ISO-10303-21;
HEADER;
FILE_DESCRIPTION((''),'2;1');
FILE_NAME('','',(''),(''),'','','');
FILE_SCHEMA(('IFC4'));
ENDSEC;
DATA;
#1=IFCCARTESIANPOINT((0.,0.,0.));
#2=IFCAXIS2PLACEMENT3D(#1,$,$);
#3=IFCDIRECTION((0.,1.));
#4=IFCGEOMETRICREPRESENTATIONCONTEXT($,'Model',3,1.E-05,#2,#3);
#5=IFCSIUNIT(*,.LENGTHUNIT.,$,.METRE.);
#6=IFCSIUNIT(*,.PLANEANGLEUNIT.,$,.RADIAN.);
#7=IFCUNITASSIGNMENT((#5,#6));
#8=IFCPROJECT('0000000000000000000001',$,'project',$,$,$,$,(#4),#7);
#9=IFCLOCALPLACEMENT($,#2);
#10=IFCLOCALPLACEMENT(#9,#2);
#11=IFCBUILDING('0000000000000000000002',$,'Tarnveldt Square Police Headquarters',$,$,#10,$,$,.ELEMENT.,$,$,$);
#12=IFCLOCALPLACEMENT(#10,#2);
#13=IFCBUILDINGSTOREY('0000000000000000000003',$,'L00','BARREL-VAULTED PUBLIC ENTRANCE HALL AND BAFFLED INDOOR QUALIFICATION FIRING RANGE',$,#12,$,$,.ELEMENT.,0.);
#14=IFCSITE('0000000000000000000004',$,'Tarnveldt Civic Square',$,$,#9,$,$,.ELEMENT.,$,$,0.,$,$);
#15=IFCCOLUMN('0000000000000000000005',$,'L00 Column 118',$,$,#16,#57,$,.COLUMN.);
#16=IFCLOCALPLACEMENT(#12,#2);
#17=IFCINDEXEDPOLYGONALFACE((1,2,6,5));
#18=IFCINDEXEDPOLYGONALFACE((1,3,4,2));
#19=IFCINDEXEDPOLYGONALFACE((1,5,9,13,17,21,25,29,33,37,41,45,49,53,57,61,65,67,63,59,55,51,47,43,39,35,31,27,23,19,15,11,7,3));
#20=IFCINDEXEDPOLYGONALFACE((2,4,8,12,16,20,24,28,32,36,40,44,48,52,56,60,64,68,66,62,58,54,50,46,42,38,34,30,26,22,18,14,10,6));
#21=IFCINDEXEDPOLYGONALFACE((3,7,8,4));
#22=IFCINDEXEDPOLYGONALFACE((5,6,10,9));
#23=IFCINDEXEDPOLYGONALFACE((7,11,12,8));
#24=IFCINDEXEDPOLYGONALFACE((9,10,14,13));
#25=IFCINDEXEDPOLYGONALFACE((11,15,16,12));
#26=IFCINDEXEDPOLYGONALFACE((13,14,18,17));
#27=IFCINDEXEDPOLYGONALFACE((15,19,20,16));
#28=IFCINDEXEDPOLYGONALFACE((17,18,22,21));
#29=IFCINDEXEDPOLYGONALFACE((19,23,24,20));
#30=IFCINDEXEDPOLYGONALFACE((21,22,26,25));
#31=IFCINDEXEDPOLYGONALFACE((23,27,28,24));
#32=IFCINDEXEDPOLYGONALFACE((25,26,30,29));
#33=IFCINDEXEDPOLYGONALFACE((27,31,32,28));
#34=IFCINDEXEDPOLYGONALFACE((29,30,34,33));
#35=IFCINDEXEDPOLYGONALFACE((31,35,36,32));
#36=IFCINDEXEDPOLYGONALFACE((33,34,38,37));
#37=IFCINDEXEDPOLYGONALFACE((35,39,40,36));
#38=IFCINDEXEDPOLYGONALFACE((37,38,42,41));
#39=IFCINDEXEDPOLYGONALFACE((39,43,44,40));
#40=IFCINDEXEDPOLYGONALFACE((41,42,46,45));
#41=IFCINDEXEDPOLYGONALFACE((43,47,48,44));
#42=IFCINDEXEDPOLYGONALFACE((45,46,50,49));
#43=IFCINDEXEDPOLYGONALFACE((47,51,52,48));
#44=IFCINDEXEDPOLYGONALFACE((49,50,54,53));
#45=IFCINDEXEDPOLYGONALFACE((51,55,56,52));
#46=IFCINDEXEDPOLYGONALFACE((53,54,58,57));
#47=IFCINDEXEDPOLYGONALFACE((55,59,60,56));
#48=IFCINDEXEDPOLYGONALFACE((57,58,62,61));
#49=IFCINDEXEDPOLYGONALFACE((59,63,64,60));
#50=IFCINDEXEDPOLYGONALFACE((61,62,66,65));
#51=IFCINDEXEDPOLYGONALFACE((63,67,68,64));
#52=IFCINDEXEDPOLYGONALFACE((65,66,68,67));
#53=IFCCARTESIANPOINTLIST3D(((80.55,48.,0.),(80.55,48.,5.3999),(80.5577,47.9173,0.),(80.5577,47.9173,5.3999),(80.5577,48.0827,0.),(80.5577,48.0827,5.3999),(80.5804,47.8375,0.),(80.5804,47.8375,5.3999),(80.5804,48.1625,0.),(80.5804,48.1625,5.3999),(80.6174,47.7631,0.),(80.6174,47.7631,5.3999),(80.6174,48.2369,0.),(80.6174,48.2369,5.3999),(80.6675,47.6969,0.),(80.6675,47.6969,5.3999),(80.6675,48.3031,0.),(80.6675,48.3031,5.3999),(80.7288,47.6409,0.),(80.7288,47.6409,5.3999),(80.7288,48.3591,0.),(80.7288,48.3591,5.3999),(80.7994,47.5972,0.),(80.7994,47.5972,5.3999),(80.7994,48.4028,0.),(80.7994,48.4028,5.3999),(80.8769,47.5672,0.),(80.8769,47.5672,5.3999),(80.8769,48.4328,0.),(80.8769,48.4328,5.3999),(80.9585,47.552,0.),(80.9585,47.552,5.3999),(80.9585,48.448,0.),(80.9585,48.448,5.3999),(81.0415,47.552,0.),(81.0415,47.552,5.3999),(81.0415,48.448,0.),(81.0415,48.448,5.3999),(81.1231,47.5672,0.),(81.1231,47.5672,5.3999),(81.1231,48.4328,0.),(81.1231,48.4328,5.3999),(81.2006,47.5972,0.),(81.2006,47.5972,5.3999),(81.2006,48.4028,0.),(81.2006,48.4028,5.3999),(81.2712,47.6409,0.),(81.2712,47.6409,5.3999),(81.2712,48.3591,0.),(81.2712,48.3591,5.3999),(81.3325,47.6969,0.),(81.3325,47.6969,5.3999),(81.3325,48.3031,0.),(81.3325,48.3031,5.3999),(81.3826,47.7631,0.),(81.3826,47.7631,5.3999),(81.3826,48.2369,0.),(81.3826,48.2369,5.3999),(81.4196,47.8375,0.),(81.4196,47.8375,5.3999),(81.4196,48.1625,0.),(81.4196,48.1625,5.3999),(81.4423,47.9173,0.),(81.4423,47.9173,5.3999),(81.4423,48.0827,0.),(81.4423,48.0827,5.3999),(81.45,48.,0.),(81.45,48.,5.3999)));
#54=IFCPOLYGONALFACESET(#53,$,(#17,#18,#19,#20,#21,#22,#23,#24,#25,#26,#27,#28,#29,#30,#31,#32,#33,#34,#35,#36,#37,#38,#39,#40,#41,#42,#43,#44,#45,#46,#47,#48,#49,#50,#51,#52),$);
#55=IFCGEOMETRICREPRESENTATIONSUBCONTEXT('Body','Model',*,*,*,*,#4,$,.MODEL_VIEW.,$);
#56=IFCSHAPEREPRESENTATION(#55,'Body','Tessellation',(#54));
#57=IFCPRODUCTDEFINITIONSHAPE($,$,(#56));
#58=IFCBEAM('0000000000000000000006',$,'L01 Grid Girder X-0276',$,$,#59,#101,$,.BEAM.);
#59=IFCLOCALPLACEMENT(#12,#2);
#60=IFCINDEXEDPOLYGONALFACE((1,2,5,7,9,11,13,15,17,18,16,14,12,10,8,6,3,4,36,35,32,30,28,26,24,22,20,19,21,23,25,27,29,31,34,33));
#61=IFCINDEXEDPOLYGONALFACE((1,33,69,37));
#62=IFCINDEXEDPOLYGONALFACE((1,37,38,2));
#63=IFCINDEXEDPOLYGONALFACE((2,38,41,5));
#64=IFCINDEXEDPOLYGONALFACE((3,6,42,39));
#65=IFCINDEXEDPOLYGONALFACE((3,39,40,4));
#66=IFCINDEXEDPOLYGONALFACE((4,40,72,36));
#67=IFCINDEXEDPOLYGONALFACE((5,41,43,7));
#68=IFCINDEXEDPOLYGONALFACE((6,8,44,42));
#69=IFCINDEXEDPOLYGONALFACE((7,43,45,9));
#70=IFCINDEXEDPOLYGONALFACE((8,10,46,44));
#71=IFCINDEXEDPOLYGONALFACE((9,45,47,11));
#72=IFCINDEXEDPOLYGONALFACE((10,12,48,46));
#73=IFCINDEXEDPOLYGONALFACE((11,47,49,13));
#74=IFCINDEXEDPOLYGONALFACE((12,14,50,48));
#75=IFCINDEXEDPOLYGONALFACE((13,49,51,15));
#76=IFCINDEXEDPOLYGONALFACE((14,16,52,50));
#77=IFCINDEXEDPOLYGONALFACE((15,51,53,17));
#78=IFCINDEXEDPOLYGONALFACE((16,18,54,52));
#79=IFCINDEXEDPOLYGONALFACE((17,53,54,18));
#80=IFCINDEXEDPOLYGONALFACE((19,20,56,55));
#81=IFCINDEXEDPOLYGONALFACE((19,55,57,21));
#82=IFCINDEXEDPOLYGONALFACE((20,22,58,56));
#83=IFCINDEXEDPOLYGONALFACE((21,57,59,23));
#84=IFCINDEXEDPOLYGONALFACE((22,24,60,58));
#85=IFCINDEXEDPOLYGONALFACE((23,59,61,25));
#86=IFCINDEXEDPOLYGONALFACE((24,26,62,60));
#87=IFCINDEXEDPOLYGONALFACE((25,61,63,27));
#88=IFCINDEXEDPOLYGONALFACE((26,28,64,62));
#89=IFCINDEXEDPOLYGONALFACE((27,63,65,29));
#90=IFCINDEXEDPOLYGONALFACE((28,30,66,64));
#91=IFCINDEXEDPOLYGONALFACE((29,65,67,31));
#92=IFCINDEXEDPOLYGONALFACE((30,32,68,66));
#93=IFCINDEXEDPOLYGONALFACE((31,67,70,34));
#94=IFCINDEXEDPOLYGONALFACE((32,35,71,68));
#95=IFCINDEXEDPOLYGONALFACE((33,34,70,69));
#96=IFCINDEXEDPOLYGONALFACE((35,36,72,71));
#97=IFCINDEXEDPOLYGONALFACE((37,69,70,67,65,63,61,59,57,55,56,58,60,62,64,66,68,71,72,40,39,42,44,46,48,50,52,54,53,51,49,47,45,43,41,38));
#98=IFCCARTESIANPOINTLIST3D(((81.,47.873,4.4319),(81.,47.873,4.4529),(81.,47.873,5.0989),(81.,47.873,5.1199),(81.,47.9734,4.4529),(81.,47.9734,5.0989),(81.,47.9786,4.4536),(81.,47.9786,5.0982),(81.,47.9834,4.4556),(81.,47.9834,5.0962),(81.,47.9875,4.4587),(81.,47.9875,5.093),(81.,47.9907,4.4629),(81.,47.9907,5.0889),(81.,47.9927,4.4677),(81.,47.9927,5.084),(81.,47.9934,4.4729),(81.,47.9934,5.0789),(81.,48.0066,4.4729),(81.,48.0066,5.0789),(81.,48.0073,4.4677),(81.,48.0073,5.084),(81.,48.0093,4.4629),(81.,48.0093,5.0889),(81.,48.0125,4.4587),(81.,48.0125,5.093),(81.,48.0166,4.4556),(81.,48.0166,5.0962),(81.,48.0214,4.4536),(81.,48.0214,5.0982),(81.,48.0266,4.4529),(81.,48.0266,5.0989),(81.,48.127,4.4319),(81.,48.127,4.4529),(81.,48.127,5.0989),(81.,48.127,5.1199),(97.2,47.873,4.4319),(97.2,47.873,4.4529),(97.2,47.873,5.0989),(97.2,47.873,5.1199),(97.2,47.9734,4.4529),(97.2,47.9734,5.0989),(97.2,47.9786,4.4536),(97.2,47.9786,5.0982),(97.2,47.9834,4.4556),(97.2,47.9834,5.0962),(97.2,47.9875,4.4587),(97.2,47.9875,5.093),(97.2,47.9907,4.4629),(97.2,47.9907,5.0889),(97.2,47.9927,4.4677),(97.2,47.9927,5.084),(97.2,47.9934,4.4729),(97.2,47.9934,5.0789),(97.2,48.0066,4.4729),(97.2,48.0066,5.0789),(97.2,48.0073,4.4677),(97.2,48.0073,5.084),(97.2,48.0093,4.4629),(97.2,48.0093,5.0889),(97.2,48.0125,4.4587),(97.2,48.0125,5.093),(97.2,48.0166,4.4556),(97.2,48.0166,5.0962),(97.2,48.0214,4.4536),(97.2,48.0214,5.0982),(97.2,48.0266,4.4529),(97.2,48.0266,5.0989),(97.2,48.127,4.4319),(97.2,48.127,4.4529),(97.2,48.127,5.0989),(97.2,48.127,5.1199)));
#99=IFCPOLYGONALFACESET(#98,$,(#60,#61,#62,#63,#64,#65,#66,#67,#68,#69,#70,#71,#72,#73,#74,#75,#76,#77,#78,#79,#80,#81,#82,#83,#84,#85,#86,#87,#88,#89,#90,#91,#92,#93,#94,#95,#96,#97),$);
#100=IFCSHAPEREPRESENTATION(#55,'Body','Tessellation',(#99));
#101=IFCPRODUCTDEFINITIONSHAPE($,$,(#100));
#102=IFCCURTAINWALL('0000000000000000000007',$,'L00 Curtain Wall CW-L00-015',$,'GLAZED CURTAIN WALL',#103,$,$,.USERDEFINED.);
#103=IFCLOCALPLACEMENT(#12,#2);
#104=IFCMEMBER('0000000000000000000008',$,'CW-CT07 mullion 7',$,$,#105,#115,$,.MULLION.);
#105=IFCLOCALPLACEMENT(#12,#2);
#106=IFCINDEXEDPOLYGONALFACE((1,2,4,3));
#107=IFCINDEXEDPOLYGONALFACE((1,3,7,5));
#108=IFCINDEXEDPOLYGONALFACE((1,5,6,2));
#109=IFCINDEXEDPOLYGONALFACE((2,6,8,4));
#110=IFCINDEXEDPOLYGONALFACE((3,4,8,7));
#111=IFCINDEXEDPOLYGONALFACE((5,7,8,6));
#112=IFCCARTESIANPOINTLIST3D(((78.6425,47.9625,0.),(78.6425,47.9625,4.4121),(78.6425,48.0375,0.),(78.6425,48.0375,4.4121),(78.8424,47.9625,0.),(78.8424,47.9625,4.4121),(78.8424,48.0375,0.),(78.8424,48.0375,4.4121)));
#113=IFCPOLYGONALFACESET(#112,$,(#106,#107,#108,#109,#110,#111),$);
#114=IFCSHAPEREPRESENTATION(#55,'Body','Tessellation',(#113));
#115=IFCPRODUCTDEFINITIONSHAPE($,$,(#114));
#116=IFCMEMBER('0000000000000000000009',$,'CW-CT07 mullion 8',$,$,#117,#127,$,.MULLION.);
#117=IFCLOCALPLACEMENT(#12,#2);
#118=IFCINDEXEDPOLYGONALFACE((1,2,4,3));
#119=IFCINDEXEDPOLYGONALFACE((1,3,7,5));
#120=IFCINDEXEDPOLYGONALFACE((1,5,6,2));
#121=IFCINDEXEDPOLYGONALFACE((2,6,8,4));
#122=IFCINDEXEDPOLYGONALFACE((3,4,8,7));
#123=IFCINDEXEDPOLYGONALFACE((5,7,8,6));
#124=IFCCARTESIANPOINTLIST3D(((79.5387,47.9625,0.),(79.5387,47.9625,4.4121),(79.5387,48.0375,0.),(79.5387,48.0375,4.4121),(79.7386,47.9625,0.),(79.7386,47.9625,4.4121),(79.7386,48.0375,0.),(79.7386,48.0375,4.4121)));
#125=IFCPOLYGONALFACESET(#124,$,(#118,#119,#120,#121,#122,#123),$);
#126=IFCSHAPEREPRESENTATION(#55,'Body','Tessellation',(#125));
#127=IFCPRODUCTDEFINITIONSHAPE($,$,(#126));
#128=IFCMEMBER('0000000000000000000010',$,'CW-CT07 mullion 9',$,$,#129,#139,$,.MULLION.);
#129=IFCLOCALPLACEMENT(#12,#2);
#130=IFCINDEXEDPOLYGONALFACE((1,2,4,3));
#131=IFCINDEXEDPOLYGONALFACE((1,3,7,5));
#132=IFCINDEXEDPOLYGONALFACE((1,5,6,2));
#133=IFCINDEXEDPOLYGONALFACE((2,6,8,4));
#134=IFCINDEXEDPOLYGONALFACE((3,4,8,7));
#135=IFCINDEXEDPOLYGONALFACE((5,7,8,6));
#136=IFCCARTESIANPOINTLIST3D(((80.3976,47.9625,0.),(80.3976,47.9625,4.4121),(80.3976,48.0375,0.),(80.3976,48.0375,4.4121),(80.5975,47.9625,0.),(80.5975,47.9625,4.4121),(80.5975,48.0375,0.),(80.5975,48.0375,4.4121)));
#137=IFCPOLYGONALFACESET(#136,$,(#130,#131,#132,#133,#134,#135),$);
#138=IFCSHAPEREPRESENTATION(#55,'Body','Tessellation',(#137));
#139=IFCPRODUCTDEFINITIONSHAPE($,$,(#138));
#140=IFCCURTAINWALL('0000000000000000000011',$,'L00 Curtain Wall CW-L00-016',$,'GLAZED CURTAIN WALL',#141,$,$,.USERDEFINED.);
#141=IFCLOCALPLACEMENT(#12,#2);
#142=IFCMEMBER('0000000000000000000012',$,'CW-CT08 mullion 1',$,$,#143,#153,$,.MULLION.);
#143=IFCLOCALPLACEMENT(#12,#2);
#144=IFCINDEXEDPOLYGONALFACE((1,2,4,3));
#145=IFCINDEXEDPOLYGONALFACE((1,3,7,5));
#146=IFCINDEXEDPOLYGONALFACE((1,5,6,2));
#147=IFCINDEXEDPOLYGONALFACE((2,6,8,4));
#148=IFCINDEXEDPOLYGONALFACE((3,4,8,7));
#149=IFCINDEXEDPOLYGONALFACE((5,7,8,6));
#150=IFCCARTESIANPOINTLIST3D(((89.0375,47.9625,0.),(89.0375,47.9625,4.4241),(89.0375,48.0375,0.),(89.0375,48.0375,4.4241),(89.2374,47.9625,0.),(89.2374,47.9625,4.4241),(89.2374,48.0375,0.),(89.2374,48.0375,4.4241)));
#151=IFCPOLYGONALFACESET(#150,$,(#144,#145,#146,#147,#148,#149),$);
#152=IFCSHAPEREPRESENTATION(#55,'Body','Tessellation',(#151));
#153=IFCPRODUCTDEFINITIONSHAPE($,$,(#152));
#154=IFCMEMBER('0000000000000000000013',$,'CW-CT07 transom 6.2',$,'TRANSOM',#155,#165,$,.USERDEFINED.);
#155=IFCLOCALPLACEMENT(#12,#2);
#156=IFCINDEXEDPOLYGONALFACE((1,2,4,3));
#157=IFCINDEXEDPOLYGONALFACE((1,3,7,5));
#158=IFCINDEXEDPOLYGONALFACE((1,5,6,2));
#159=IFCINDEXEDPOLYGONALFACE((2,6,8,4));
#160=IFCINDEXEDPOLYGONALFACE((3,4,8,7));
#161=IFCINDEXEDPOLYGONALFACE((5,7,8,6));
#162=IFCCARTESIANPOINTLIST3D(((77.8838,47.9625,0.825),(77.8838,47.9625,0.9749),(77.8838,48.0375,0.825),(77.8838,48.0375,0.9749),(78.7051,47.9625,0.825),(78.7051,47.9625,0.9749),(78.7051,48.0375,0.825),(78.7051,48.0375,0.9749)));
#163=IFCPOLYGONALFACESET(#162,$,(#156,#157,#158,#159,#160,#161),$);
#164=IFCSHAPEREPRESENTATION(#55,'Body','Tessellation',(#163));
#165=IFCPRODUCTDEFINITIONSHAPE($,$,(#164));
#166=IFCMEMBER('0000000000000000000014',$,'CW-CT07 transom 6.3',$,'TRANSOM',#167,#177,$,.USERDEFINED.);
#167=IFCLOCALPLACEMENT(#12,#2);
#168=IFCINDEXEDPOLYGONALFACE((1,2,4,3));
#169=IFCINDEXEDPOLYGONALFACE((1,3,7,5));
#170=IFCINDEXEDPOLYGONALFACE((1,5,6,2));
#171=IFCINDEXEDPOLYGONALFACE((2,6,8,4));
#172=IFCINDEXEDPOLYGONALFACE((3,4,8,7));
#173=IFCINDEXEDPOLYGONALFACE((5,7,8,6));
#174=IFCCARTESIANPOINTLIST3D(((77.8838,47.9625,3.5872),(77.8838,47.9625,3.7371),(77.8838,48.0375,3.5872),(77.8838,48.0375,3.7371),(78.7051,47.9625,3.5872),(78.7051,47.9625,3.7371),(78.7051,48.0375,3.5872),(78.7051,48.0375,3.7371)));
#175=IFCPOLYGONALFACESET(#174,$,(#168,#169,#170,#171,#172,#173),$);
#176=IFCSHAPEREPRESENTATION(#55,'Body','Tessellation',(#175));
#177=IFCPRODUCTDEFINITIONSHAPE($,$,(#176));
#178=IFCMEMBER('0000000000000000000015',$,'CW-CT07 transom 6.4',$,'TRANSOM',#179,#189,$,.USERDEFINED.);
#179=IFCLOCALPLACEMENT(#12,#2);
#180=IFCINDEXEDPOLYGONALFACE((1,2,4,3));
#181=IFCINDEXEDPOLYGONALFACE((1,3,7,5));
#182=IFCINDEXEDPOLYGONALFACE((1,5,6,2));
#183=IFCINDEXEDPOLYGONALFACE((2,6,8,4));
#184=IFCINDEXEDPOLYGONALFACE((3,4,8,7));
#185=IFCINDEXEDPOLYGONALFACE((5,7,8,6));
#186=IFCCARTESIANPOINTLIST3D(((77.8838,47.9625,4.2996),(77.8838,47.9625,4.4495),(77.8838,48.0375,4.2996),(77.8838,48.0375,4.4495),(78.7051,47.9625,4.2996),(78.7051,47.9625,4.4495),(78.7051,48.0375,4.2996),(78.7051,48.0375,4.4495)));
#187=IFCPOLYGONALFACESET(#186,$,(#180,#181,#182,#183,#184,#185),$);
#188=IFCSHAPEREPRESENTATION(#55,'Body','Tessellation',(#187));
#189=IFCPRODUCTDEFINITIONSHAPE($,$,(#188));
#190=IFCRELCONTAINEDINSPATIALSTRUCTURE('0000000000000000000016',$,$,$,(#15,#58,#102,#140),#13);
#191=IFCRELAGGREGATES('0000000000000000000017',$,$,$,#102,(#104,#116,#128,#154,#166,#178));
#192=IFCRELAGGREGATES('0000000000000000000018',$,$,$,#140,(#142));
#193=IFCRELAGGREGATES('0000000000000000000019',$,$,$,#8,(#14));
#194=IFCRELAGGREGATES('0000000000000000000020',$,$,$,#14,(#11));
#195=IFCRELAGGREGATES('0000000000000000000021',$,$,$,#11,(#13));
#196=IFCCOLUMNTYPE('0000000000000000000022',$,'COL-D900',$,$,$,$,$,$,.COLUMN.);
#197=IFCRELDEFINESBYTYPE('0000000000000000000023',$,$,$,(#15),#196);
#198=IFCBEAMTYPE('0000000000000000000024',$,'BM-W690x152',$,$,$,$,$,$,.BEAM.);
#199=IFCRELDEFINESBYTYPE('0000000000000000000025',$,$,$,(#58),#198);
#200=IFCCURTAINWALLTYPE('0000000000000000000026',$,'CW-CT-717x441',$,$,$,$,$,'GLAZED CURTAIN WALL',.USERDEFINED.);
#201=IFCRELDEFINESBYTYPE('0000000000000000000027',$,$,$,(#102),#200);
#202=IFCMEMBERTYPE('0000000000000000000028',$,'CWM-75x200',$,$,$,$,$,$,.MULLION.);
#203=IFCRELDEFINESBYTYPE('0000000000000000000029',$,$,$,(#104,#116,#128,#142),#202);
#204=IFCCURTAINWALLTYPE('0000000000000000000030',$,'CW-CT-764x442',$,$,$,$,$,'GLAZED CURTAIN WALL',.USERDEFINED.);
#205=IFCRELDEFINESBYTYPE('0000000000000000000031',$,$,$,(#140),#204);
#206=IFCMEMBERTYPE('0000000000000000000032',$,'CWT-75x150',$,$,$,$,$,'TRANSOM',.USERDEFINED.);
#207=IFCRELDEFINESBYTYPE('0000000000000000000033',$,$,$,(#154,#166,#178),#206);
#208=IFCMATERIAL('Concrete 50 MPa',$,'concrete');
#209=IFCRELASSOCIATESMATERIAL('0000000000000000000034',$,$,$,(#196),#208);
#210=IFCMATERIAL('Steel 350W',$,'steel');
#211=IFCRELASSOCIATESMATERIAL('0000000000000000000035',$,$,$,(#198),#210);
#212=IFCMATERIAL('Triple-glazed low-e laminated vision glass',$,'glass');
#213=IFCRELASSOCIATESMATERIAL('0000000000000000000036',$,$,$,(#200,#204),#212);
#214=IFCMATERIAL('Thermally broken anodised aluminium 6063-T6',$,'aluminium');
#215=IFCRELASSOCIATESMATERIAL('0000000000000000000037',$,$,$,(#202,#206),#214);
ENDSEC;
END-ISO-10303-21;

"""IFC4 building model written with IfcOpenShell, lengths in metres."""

from ifc_helpers import new_model, si_unit, direction, frame, origin, origin_2d, place, context, subcontext, project, spatial, rectangle, circle, i_section, extrude, material, material_profile, profile_set, type_object, element, aggregate, save


model = new_model("IFC4")

# Units and contexts
model_context = context("Model", 3, precision=1e-05, world=origin(), true_north=direction((0.0, 1.0)))
body_context = subcontext(model_context, "Body", "Model", "MODEL_VIEW")
ifc_project = project(units=[si_unit("LENGTHUNIT", "METRE"), si_unit("PLANEANGLEUNIT", "RADIAN")], contexts=[model_context])

# Site, building, storey
site_placement = place(None, origin())
site = spatial("IfcSite", under=ifc_project, at=site_placement, Name="Tarnveldt Civic Square", CompositionType="ELEMENT", RefElevation=0.0)
building_placement = place(site_placement, origin())
building = spatial("IfcBuilding", under=site, at=building_placement, Name="Tarnveldt Square Police Headquarters", CompositionType="ELEMENT")
storey_placement = place(building_placement, origin())
storey = spatial("IfcBuildingStorey", under=building, at=storey_placement, Name="L00", Description="BARREL-VAULTED PUBLIC ENTRANCE HALL AND BAFFLED INDOOR QUALIFICATION FIRING RANGE", CompositionType="ELEMENT", Elevation=0.0)

# Column
ifc_material_1 = material(Name="Concrete 50 MPa", Category="concrete")
ifc_material_profile_1 = material_profile(ifc_material_1, circle(Radius=0.45, at=origin_2d()), Name="RC-D900")
ifc_profile_set_1 = profile_set([ifc_material_profile_1], Name="Concrete 50 MPa")
column_type = type_object("IfcColumnType", Name="COL-D900", PredefinedType="COLUMN", material=ifc_profile_set_1)
column_placement = place(storey_placement, frame((81.0, 48.0, 0.0), z_axis=(0.0, 0.0, 1.0), x_axis=(1.0, 0.0, 0.0)))
element("IfcColumn", 1, at=column_placement, inside=storey, type_object=column_type, Name="L00 Column 118", PredefinedType="COLUMN", context=body_context, shape_type="SweptSolid", body=[
    extrude(circle(Radius=0.45, at=origin_2d()), origin(), (0.0, 0.0, 1.0), 5.3999),
])

# Beam
ifc_material_2 = material(Name="Steel 350W", Category="steel")
ifc_material_profile_2 = material_profile(ifc_material_2, i_section(OverallWidth=0.2539, OverallDepth=0.688, WebThickness=0.0132, FlangeThickness=0.021, FilletRadius=0.02, at=origin_2d()), Name="W690x152")
ifc_profile_set_2 = profile_set([ifc_material_profile_2], Name="Steel 350W")
beam_type = type_object("IfcBeamType", Name="BM-W690x152", PredefinedType="BEAM", material=ifc_profile_set_2)
beam_placement = place(storey_placement, frame((81.0, 48.0, 4.7759), z_axis=(1.0, 0.0, 0.0), x_axis=(0.0, 1.0, 0.0)))
element("IfcBeam", 2, at=beam_placement, inside=storey, type_object=beam_type, Name="L01 Grid Girder X-0276", PredefinedType="BEAM", context=body_context, shape_type="SweptSolid", body=[
    extrude(i_section(OverallWidth=0.2539, OverallDepth=0.688, WebThickness=0.0132, FlangeThickness=0.021, FilletRadius=0.02, at=origin_2d()), origin(), (0.0, 0.0, 1.0), 16.2),
])

# Curtain wall, members
ifc_material_3 = material(Name="Triple-glazed low-e laminated vision glass", Category="glass")
curtain_wall_type_1 = type_object("IfcCurtainWallType", Name="CW-CT-717x441", ElementType="GLAZED CURTAIN WALL", PredefinedType="USERDEFINED", material=ifc_material_3)
curtain_wall_1_placement = place(storey_placement, origin())
curtain_wall_1 = element("IfcCurtainWall", 3, at=curtain_wall_1_placement, inside=storey, type_object=curtain_wall_type_1, Name="L00 Curtain Wall CW-L00-015", ObjectType="GLAZED CURTAIN WALL", PredefinedType="USERDEFINED")
ifc_material_4 = material(Name="Thermally broken anodised aluminium 6063-T6", Category="aluminium")
ifc_material_profile_3 = material_profile(ifc_material_4, rectangle(XDim=0.075, YDim=0.2, at=origin_2d()), Name="CW-M75x200")
ifc_profile_set_3 = profile_set([ifc_material_profile_3], Name="Thermally broken anodised aluminium 6063-T6")
member_type_1 = type_object("IfcMemberType", Name="CWM-75x200", PredefinedType="MULLION", material=ifc_profile_set_3)
member_1_placement = place(storey_placement, frame((78.7424, 48.0, 0.0), z_axis=(0.0, 0.0, 1.0), x_axis=(0.0, 1.0, 0.0)))
member_1 = element("IfcMember", 4, at=member_1_placement, type_object=member_type_1, Name="CW-CT07 mullion 7", PredefinedType="MULLION", context=body_context, shape_type="SweptSolid", body=[
    extrude(rectangle(XDim=0.075, YDim=0.2, at=origin_2d()), origin(), (0.0, 0.0, 1.0), 4.4121),
])
member_2_placement = place(storey_placement, frame((79.6387, 48.0, 0.0), z_axis=(0.0, 0.0, 1.0), x_axis=(0.0, 1.0, 0.0)))
member_2 = element("IfcMember", 5, at=member_2_placement, type_object=member_type_1, Name="CW-CT07 mullion 8", PredefinedType="MULLION", context=body_context, shape_type="SweptSolid", body=[
    extrude(rectangle(XDim=0.075, YDim=0.2, at=origin_2d()), origin(), (0.0, 0.0, 1.0), 4.4121),
])
member_3_placement = place(storey_placement, frame((80.4976, 48.0, 0.0), z_axis=(0.0, 0.0, 1.0), x_axis=(0.0, 1.0, 0.0)))
member_3 = element("IfcMember", 6, at=member_3_placement, type_object=member_type_1, Name="CW-CT07 mullion 9", PredefinedType="MULLION", context=body_context, shape_type="SweptSolid", body=[
    extrude(rectangle(XDim=0.075, YDim=0.2, at=origin_2d()), origin(), (0.0, 0.0, 1.0), 4.4121),
])

# Curtain wall, member
curtain_wall_type_2 = type_object("IfcCurtainWallType", Name="CW-CT-764x442", ElementType="GLAZED CURTAIN WALL", PredefinedType="USERDEFINED", material=ifc_material_3)
curtain_wall_2_placement = place(storey_placement, origin())
curtain_wall_2 = element("IfcCurtainWall", 7, at=curtain_wall_2_placement, inside=storey, type_object=curtain_wall_type_2, Name="L00 Curtain Wall CW-L00-016", ObjectType="GLAZED CURTAIN WALL", PredefinedType="USERDEFINED")
member_4_placement = place(storey_placement, frame((89.1375, 48.0, 0.0), z_axis=(0.0, 0.0, 1.0), x_axis=(0.0, 1.0, 0.0)))
member_4 = element("IfcMember", 8, at=member_4_placement, type_object=member_type_1, Name="CW-CT08 mullion 1", PredefinedType="MULLION", context=body_context, shape_type="SweptSolid", body=[
    extrude(rectangle(XDim=0.075, YDim=0.2, at=origin_2d()), origin(), (0.0, 0.0, 1.0), 4.4241),
])

# Members
ifc_material_profile_4 = material_profile(ifc_material_4, rectangle(XDim=0.075, YDim=0.1499, at=origin_2d()), Name="CW-T75x150")
ifc_profile_set_4 = profile_set([ifc_material_profile_4], Name="Thermally broken anodised aluminium 6063-T6")
member_type_2 = type_object("IfcMemberType", Name="CWT-75x150", ElementType="TRANSOM", PredefinedType="USERDEFINED", material=ifc_profile_set_4)
member_5_placement = place(storey_placement, frame((77.8838, 48.0, 0.8999), z_axis=(1.0, 0.0, 0.0), x_axis=(0.0, 1.0, 0.0)))
member_5 = element("IfcMember", 9, at=member_5_placement, type_object=member_type_2, Name="CW-CT07 transom 6.2", ObjectType="TRANSOM", PredefinedType="USERDEFINED", context=body_context, shape_type="SweptSolid", body=[
    extrude(rectangle(XDim=0.075, YDim=0.1499, at=origin_2d()), origin(), (0.0, 0.0, 1.0), 0.8213),
])
member_6_placement = place(storey_placement, frame((77.8838, 48.0, 3.6621), z_axis=(1.0, 0.0, 0.0), x_axis=(0.0, 1.0, 0.0)))
member_6 = element("IfcMember", 10, at=member_6_placement, type_object=member_type_2, Name="CW-CT07 transom 6.3", ObjectType="TRANSOM", PredefinedType="USERDEFINED", context=body_context, shape_type="SweptSolid", body=[
    extrude(rectangle(XDim=0.075, YDim=0.1499, at=origin_2d()), origin(), (0.0, 0.0, 1.0), 0.8213),
])
member_7_placement = place(storey_placement, frame((77.8838, 48.0, 4.3745), z_axis=(1.0, 0.0, 0.0), x_axis=(0.0, 1.0, 0.0)))
member_7 = element("IfcMember", 11, at=member_7_placement, type_object=member_type_2, Name="CW-CT07 transom 6.4", ObjectType="TRANSOM", PredefinedType="USERDEFINED", context=body_context, shape_type="SweptSolid", body=[
    extrude(rectangle(XDim=0.075, YDim=0.1499, at=origin_2d()), origin(), (0.0, 0.0, 1.0), 0.8213),
])

aggregate(curtain_wall_1, [member_1, member_2, member_3, member_5, member_6, member_7])
aggregate(curtain_wall_2, [member_4])

save(model, "model.ifc")
